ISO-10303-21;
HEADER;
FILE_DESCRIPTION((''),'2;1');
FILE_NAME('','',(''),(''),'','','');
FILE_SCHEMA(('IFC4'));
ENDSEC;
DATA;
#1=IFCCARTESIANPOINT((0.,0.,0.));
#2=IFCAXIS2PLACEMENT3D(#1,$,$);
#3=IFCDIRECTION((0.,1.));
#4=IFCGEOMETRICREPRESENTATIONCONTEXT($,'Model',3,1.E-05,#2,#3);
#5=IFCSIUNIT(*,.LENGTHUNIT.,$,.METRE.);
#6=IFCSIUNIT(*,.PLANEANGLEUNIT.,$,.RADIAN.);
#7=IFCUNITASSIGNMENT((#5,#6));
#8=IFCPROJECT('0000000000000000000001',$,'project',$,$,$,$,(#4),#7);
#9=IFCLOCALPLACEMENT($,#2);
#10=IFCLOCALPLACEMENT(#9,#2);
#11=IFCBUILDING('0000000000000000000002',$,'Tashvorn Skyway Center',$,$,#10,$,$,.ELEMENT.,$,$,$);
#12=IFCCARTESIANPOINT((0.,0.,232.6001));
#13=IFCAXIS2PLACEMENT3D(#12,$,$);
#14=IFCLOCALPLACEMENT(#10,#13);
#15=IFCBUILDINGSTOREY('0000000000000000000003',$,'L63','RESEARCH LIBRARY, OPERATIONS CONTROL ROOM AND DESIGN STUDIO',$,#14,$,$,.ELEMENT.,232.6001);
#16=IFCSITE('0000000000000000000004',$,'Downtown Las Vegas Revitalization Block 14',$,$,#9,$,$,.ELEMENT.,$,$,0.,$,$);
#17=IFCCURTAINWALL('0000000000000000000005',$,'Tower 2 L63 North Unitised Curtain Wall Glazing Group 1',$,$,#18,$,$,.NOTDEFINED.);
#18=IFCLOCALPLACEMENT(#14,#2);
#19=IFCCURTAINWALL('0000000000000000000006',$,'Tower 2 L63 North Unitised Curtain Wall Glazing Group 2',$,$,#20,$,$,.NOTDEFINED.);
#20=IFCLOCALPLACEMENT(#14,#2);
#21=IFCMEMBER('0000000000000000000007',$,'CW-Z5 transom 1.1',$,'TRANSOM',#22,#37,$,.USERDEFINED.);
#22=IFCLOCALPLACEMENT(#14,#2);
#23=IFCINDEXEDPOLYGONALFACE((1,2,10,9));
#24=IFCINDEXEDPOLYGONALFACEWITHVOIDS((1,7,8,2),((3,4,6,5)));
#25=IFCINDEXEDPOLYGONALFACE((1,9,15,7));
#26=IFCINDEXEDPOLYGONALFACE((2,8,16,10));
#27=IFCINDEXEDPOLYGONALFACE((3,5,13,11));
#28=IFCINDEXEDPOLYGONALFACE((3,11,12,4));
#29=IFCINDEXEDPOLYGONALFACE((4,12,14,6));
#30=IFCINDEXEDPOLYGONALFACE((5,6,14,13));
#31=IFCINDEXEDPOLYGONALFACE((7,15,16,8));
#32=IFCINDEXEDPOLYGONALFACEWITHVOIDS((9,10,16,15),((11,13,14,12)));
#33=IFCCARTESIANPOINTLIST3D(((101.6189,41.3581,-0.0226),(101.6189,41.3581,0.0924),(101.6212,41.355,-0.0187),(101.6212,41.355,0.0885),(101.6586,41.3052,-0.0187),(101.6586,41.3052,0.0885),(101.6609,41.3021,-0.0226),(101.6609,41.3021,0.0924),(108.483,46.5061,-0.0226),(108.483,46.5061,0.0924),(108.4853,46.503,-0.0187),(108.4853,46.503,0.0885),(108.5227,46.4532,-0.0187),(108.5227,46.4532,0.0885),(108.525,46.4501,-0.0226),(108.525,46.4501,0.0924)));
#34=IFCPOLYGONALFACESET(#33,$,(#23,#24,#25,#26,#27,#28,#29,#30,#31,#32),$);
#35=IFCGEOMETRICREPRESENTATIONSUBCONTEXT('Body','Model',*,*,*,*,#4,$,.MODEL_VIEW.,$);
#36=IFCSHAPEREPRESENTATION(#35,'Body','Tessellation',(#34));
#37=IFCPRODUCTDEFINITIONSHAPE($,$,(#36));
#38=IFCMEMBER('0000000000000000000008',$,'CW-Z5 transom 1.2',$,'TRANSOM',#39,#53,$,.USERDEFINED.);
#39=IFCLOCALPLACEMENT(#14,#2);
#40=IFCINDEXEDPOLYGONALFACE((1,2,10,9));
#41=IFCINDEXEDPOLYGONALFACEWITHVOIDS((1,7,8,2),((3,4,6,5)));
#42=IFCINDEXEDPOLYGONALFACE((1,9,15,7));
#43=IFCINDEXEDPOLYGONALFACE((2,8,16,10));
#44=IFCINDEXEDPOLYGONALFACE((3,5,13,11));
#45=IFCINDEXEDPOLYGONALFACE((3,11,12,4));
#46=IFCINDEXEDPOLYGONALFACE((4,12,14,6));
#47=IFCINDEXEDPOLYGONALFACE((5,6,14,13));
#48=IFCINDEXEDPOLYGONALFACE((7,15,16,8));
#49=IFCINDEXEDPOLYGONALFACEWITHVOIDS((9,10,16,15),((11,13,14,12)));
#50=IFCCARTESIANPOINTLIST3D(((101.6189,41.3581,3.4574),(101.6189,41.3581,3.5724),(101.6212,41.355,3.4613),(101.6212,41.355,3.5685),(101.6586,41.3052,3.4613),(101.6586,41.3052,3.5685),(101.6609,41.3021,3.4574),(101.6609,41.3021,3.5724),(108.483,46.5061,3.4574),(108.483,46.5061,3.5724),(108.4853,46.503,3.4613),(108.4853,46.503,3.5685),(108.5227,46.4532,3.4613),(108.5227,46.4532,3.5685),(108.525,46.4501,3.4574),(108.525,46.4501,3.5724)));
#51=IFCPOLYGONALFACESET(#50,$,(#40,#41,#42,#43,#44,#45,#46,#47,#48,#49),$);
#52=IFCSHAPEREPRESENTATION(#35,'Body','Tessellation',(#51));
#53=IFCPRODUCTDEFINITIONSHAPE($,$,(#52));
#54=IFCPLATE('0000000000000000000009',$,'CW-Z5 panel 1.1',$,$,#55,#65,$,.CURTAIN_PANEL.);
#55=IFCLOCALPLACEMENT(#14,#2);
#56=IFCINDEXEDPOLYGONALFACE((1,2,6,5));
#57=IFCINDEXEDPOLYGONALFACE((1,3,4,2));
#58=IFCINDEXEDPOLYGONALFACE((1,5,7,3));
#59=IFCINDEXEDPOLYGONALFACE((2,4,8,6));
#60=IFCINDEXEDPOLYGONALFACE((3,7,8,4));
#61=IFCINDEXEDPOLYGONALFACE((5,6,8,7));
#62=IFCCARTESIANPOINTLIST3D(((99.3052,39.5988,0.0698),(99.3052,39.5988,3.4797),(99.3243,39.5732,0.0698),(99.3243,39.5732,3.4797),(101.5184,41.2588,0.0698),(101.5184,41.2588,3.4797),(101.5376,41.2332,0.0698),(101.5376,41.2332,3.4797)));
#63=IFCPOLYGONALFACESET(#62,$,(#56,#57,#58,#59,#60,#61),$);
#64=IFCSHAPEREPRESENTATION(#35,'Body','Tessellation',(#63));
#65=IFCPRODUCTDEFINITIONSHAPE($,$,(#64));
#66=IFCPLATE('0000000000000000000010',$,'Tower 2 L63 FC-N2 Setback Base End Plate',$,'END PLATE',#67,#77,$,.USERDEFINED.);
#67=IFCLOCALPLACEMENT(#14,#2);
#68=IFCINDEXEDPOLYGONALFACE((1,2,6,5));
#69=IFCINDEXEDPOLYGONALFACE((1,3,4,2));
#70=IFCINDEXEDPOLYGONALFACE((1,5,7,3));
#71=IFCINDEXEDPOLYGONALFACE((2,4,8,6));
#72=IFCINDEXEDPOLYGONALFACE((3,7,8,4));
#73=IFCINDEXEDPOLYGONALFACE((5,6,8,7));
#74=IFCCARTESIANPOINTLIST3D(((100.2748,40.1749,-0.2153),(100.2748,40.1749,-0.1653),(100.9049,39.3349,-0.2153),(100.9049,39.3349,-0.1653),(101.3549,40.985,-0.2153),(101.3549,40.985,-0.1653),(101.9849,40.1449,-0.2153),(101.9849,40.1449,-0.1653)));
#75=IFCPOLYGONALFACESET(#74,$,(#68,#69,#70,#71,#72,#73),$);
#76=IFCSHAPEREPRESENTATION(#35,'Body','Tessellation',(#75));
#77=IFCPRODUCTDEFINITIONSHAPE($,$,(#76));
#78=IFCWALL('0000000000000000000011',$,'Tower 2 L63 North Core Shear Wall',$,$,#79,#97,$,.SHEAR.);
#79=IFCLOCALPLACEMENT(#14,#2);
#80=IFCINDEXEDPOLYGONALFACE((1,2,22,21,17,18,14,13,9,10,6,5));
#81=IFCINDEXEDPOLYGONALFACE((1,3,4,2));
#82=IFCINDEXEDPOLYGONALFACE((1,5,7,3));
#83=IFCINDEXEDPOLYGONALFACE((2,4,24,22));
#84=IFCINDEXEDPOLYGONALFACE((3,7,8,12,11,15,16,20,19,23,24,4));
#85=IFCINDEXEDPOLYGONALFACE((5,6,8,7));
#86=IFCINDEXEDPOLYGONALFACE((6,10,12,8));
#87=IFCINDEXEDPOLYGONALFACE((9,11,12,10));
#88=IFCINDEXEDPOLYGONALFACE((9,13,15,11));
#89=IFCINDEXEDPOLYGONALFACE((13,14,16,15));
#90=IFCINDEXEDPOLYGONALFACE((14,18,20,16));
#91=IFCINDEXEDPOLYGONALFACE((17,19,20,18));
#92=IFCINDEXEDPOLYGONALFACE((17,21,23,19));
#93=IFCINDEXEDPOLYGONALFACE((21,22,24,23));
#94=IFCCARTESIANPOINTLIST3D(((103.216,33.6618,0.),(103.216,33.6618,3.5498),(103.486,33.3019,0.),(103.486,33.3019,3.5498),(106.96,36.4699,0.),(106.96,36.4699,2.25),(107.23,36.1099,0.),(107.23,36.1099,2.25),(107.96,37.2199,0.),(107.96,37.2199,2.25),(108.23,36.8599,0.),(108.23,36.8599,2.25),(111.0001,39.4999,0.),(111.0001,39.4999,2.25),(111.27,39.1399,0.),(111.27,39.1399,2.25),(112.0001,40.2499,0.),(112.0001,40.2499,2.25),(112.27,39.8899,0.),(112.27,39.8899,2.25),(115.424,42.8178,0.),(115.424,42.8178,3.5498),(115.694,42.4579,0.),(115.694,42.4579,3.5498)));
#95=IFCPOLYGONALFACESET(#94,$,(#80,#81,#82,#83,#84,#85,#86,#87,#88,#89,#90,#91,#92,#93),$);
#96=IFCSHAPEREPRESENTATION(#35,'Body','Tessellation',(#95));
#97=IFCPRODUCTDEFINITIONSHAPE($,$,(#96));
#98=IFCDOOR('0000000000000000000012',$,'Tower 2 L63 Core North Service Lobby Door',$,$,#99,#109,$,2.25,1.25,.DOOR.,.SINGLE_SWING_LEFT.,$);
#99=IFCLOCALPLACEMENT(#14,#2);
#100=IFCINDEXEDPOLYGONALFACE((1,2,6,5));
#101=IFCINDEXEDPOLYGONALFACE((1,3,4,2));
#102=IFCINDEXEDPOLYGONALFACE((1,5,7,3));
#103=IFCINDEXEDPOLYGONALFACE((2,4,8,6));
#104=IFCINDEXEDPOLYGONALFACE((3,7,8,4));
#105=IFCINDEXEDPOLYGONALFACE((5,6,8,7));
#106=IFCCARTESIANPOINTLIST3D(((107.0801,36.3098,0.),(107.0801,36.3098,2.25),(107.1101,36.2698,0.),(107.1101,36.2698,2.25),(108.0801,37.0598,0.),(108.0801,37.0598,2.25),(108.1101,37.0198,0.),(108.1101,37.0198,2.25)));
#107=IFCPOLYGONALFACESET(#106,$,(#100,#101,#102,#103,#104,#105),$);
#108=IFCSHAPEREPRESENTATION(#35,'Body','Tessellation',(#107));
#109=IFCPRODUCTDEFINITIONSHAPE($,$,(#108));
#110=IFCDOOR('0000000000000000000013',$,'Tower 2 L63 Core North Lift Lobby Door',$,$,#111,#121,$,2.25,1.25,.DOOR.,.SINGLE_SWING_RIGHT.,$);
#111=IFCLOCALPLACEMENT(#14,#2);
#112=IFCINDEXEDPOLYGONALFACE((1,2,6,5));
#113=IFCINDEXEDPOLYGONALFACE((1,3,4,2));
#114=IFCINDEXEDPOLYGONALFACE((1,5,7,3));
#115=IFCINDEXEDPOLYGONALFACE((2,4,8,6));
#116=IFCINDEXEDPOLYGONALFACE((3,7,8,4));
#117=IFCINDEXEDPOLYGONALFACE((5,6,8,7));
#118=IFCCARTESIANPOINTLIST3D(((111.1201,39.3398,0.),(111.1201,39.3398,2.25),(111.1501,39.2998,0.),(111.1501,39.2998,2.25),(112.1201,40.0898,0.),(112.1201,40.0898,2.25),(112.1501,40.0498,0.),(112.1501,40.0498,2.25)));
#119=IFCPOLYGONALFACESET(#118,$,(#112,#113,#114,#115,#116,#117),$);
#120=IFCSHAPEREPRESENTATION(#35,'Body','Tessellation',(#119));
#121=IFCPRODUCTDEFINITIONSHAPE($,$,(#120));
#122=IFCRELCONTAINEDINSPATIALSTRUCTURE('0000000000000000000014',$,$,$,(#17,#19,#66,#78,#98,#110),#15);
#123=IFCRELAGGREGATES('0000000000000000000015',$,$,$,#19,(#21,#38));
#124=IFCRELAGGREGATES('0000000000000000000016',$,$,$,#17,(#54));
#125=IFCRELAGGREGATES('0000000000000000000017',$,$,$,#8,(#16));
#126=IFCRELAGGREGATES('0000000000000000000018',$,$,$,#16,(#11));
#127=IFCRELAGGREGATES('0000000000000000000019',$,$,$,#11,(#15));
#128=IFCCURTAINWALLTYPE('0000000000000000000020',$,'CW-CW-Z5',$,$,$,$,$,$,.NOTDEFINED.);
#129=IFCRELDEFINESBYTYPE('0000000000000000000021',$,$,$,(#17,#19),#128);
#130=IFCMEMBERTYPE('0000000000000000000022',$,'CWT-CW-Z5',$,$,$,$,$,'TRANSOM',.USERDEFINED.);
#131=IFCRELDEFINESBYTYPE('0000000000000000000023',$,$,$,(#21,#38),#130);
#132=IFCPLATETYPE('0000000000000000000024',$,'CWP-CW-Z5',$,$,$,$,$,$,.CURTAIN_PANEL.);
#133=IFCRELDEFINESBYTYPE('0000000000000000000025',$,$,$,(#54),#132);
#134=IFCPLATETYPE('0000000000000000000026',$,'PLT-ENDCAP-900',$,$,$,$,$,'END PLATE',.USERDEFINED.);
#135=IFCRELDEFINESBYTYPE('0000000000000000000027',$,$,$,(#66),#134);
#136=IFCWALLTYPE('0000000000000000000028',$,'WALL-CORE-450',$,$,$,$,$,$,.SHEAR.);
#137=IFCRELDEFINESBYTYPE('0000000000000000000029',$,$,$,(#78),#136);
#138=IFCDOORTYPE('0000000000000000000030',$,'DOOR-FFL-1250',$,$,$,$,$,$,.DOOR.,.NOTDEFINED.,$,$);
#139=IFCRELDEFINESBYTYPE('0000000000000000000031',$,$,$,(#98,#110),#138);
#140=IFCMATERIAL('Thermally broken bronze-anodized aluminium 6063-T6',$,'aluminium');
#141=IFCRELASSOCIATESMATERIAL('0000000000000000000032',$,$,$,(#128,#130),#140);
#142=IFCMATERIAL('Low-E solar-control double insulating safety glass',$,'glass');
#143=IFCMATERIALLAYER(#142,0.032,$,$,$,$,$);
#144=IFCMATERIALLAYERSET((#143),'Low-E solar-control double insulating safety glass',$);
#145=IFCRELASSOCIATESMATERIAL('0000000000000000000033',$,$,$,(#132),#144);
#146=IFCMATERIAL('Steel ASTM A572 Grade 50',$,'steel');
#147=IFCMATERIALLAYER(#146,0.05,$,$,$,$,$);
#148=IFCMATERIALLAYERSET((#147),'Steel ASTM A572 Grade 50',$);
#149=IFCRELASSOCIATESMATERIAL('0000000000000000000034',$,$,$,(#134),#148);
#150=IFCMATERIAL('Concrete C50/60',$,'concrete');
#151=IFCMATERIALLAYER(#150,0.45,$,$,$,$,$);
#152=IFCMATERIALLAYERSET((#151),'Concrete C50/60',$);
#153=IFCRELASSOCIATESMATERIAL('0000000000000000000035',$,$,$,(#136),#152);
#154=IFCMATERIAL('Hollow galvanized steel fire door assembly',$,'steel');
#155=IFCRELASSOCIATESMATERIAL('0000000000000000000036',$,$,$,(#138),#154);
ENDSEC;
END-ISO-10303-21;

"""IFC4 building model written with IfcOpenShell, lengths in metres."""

from ifc_helpers import new_model, si_unit, direction, frame, frame_2d, origin, origin_2d, place, context, subcontext, project, spatial, rectangle, hollow_rectangle, extrude, material, layer, layer_set, material_profile, profile_set, type_object, element, fill, aggregate, save


model = new_model("IFC4")

# Units and contexts
model_context = context("Model", 3, precision=1e-05, world=origin(), true_north=direction((0.0, 1.0)))
body_context = subcontext(model_context, "Body", "Model", "MODEL_VIEW")
ifc_project = project(units=[si_unit("LENGTHUNIT", "METRE"), si_unit("PLANEANGLEUNIT", "RADIAN")], contexts=[model_context])

# Site, building, storey
site_placement = place(None, origin())
site = spatial("IfcSite", under=ifc_project, at=site_placement, Name="Downtown Las Vegas Revitalization Block 14", CompositionType="ELEMENT", RefElevation=0.0)
building_placement = place(site_placement, origin())
building = spatial("IfcBuilding", under=site, at=building_placement, Name="Tashvorn Skyway Center", CompositionType="ELEMENT")
storey_placement = place(building_placement, frame((0.0, 0.0, 232.6001)))
storey = spatial("IfcBuildingStorey", under=building, at=storey_placement, Name="L63", Description="RESEARCH LIBRARY, OPERATIONS CONTROL ROOM AND DESIGN STUDIO", CompositionType="ELEMENT", Elevation=232.6001)

# Shared definitions
ifc_material_1 = material(Name="Steel ASTM A572 Grade 50", Category="steel")

# Curtain wall
ifc_material_2 = material(Name="Thermally broken bronze-anodized aluminium 6063-T6", Category="aluminium")
curtain_wall_type = type_object("IfcCurtainWallType", Name="CW-CW-Z5", PredefinedType="NOTDEFINED", material=ifc_material_2)
curtain_wall_1_placement = place(storey_placement, origin())
curtain_wall_1 = element("IfcCurtainWall", 1, at=curtain_wall_1_placement, inside=storey, type_object=curtain_wall_type, Name="Tower 2 L63 North Unitised Curtain Wall Glazing Group 1", PredefinedType="NOTDEFINED")

# Curtain wall
curtain_wall_2_placement = place(storey_placement, origin())
curtain_wall_2 = element("IfcCurtainWall", 2, at=curtain_wall_2_placement, inside=storey, type_object=curtain_wall_type, Name="Tower 2 L63 North Unitised Curtain Wall Glazing Group 2", PredefinedType="NOTDEFINED")

# Members
ifc_material_profile_1 = material_profile(ifc_material_2, hollow_rectangle(XDim=0.0701, YDim=0.115, WallThickness=0.0039, at=origin_2d()), Name="ALU-TRAN-70x115")
ifc_profile_set_1 = profile_set([ifc_material_profile_1], Name="Thermally broken bronze-anodized aluminium 6063-T6")
member_type_1 = type_object("IfcMemberType", Name="CWT-CW-Z5", ElementType="TRANSOM", PredefinedType="USERDEFINED", material=ifc_profile_set_1)
member_1_placement = place(storey_placement, frame((101.6399, 41.3301, 0.0349), z_axis=(0.800003, 0.599995, 0.0), x_axis=(-0.599995, 0.800003, 0.0)))
member_1 = element("IfcMember", 3, at=member_1_placement, type_object=member_type_1, Name="CW-Z5 transom 1.1", ObjectType="TRANSOM", PredefinedType="USERDEFINED", context=body_context, shape_type="SweptSolid", body=[
    extrude(hollow_rectangle(XDim=0.0701, YDim=0.115, WallThickness=0.0039, at=origin_2d()), origin(), (0.0, 0.0, 1.0), 8.5801),
])
member_2_placement = place(storey_placement, frame((101.6399, 41.3301, 3.5149), z_axis=(0.800003, 0.599995, 0.0), x_axis=(-0.599995, 0.800003, 0.0)))
member_2 = element("IfcMember", 4, at=member_2_placement, type_object=member_type_1, Name="CW-Z5 transom 1.2", ObjectType="TRANSOM", PredefinedType="USERDEFINED", context=body_context, shape_type="SweptSolid", body=[
    extrude(hollow_rectangle(XDim=0.0701, YDim=0.115, WallThickness=0.0039, at=origin_2d()), origin(), (0.0, 0.0, 1.0), 8.5801),
])
aggregate(curtain_wall_2, [member_1, member_2])

# Plates
ifc_material_3 = material(Name="Low-E solar-control double insulating safety glass", Category="glass")
ifc_layer_1 = layer(ifc_material_3, 0.032)
ifc_layer_set_1 = layer_set([ifc_layer_1], Name="Low-E solar-control double insulating safety glass")
plate_type_1 = type_object("IfcPlateType", Name="CWP-CW-Z5", PredefinedType="CURTAIN_PANEL", material=ifc_layer_set_1)
plate_1_placement = place(storey_placement, frame((100.4214, 40.416, 0.0698), z_axis=(0.0, 0.0, 1.0), x_axis=(0.799996, 0.600006, 0.0)))
plate_1 = element("IfcPlate", 5, at=plate_1_placement, type_object=plate_type_1, Name="CW-Z5 panel 1.1", PredefinedType="CURTAIN_PANEL", context=body_context, shape_type="SweptSolid", body=[
    extrude(rectangle(XDim=2.7666, YDim=0.032, at=origin_2d()), origin(), (0.0, 0.0, 1.0), 3.4099),
])
aggregate(curtain_wall_1, [plate_1])
ifc_layer_2 = layer(ifc_material_1, 0.05)
ifc_layer_set_2 = layer_set([ifc_layer_2], Name="Steel ASTM A572 Grade 50")
plate_type_2 = type_object("IfcPlateType", Name="PLT-ENDCAP-900", ElementType="END PLATE", PredefinedType="USERDEFINED", material=ifc_layer_set_2)
plate_2_placement = place(storey_placement, frame((101.1299, 40.1599, -0.2153), z_axis=(0.0, 0.0, 1.0), x_axis=(0.8, 0.6, 0.0)))
element("IfcPlate", 6, at=plate_2_placement, inside=storey, type_object=plate_type_2, Name="Tower 2 L63 FC-N2 Setback Base End Plate", ObjectType="END PLATE", PredefinedType="USERDEFINED", context=body_context, shape_type="SweptSolid", body=[
    extrude(rectangle(XDim=1.3501, YDim=1.05, at=origin_2d()), origin(), (0.0, 0.0, 1.0), 0.05),
])

# Wall, openings, doors
ifc_material_4 = material(Name="Concrete C50/60", Category="concrete")
ifc_layer_3 = layer(ifc_material_4, 0.45)
ifc_layer_set_3 = layer_set([ifc_layer_3], Name="Concrete C50/60")
wall_type_1 = type_object("IfcWallType", Name="WALL-CORE-450", PredefinedType="SHEAR", material=ifc_layer_set_3)
wall_1_placement = place(storey_placement, frame((103.3511, 33.4819, 0.0), z_axis=(0.0, 0.0, 1.0), x_axis=(0.8, 0.6, 0.0)))
wall_1 = element("IfcWall", 7, at=wall_1_placement, inside=storey, type_object=wall_type_1, Name="Tower 2 L63 North Core Shear Wall", PredefinedType="SHEAR", context=body_context, shape_type="SweptSolid", body=[
    extrude(rectangle(XDim=15.26, YDim=0.45, at=frame_2d((7.6299, 0.0))), origin(), (0.0, 0.0, 1.0), 3.5498),
])
opening_1_placement = place(wall_1_placement, frame((4.6799, 0.0, 0.0)))
opening_1 = element("IfcOpeningElement", 8, at=opening_1_placement, cuts=wall_1, PredefinedType="OPENING", context=body_context, shape_type="SweptSolid", body=[
    extrude(rectangle(XDim=1.25, YDim=2.25, at=frame_2d((0.625, 1.125))), frame((0.0, 0.2349, 0.0), z_axis=(0.0, -1.0, 0.0), x_axis=(1.0, 0.0, 0.0)), (0.0, 0.0, 1.0), 0.47),
])
opening_2_placement = place(wall_1_placement, frame((9.73, 0.0, 0.0)))
opening_2 = element("IfcOpeningElement", 9, at=opening_2_placement, cuts=wall_1, PredefinedType="OPENING", context=body_context, shape_type="SweptSolid", body=[
    extrude(rectangle(XDim=1.25, YDim=2.25, at=frame_2d((0.625, 1.125))), frame((0.0, 0.2349, 0.0), z_axis=(0.0, -1.0, 0.0), x_axis=(1.0, 0.0, 0.0)), (0.0, 0.0, 1.0), 0.47),
])
ifc_material_5 = material(Name="Hollow galvanized steel fire door assembly", Category="steel")
door_type_1 = type_object("IfcDoorType", Name="DOOR-FFL-1250", OperationType="NOTDEFINED", PredefinedType="DOOR", material=ifc_material_5)
door_1_placement = place(opening_1_placement, origin())
door_1 = element("IfcDoor", 10, at=door_1_placement, inside=storey, type_object=door_type_1, Name="Tower 2 L63 Core North Service Lobby Door", OperationType="SINGLE_SWING_LEFT", OverallHeight=2.25, OverallWidth=1.25, PredefinedType="DOOR", context=body_context, shape_type="SweptSolid", body=[
    extrude(rectangle(XDim=1.25, YDim=2.25, at=frame_2d((0.625, 1.125))), frame((0.0, 0.0249, 0.0), z_axis=(0.0, -1.0, 0.0), x_axis=(1.0, 0.0, 0.0)), (0.0, 0.0, 1.0), 0.05),
])
fill(opening_1, door_1)
door_2_placement = place(opening_2_placement, origin())
door_2 = element("IfcDoor", 11, at=door_2_placement, inside=storey, type_object=door_type_1, Name="Tower 2 L63 Core North Lift Lobby Door", OperationType="SINGLE_SWING_RIGHT", OverallHeight=2.25, OverallWidth=1.25, PredefinedType="DOOR", context=body_context, shape_type="SweptSolid", body=[
    extrude(rectangle(XDim=1.25, YDim=2.25, at=frame_2d((0.625, 1.125))), frame((0.0, 0.0249, 0.0), z_axis=(0.0, -1.0, 0.0), x_axis=(1.0, 0.0, 0.0)), (0.0, 0.0, 1.0), 0.05),
])
fill(opening_2, door_2)

save(model, "model.ifc")
